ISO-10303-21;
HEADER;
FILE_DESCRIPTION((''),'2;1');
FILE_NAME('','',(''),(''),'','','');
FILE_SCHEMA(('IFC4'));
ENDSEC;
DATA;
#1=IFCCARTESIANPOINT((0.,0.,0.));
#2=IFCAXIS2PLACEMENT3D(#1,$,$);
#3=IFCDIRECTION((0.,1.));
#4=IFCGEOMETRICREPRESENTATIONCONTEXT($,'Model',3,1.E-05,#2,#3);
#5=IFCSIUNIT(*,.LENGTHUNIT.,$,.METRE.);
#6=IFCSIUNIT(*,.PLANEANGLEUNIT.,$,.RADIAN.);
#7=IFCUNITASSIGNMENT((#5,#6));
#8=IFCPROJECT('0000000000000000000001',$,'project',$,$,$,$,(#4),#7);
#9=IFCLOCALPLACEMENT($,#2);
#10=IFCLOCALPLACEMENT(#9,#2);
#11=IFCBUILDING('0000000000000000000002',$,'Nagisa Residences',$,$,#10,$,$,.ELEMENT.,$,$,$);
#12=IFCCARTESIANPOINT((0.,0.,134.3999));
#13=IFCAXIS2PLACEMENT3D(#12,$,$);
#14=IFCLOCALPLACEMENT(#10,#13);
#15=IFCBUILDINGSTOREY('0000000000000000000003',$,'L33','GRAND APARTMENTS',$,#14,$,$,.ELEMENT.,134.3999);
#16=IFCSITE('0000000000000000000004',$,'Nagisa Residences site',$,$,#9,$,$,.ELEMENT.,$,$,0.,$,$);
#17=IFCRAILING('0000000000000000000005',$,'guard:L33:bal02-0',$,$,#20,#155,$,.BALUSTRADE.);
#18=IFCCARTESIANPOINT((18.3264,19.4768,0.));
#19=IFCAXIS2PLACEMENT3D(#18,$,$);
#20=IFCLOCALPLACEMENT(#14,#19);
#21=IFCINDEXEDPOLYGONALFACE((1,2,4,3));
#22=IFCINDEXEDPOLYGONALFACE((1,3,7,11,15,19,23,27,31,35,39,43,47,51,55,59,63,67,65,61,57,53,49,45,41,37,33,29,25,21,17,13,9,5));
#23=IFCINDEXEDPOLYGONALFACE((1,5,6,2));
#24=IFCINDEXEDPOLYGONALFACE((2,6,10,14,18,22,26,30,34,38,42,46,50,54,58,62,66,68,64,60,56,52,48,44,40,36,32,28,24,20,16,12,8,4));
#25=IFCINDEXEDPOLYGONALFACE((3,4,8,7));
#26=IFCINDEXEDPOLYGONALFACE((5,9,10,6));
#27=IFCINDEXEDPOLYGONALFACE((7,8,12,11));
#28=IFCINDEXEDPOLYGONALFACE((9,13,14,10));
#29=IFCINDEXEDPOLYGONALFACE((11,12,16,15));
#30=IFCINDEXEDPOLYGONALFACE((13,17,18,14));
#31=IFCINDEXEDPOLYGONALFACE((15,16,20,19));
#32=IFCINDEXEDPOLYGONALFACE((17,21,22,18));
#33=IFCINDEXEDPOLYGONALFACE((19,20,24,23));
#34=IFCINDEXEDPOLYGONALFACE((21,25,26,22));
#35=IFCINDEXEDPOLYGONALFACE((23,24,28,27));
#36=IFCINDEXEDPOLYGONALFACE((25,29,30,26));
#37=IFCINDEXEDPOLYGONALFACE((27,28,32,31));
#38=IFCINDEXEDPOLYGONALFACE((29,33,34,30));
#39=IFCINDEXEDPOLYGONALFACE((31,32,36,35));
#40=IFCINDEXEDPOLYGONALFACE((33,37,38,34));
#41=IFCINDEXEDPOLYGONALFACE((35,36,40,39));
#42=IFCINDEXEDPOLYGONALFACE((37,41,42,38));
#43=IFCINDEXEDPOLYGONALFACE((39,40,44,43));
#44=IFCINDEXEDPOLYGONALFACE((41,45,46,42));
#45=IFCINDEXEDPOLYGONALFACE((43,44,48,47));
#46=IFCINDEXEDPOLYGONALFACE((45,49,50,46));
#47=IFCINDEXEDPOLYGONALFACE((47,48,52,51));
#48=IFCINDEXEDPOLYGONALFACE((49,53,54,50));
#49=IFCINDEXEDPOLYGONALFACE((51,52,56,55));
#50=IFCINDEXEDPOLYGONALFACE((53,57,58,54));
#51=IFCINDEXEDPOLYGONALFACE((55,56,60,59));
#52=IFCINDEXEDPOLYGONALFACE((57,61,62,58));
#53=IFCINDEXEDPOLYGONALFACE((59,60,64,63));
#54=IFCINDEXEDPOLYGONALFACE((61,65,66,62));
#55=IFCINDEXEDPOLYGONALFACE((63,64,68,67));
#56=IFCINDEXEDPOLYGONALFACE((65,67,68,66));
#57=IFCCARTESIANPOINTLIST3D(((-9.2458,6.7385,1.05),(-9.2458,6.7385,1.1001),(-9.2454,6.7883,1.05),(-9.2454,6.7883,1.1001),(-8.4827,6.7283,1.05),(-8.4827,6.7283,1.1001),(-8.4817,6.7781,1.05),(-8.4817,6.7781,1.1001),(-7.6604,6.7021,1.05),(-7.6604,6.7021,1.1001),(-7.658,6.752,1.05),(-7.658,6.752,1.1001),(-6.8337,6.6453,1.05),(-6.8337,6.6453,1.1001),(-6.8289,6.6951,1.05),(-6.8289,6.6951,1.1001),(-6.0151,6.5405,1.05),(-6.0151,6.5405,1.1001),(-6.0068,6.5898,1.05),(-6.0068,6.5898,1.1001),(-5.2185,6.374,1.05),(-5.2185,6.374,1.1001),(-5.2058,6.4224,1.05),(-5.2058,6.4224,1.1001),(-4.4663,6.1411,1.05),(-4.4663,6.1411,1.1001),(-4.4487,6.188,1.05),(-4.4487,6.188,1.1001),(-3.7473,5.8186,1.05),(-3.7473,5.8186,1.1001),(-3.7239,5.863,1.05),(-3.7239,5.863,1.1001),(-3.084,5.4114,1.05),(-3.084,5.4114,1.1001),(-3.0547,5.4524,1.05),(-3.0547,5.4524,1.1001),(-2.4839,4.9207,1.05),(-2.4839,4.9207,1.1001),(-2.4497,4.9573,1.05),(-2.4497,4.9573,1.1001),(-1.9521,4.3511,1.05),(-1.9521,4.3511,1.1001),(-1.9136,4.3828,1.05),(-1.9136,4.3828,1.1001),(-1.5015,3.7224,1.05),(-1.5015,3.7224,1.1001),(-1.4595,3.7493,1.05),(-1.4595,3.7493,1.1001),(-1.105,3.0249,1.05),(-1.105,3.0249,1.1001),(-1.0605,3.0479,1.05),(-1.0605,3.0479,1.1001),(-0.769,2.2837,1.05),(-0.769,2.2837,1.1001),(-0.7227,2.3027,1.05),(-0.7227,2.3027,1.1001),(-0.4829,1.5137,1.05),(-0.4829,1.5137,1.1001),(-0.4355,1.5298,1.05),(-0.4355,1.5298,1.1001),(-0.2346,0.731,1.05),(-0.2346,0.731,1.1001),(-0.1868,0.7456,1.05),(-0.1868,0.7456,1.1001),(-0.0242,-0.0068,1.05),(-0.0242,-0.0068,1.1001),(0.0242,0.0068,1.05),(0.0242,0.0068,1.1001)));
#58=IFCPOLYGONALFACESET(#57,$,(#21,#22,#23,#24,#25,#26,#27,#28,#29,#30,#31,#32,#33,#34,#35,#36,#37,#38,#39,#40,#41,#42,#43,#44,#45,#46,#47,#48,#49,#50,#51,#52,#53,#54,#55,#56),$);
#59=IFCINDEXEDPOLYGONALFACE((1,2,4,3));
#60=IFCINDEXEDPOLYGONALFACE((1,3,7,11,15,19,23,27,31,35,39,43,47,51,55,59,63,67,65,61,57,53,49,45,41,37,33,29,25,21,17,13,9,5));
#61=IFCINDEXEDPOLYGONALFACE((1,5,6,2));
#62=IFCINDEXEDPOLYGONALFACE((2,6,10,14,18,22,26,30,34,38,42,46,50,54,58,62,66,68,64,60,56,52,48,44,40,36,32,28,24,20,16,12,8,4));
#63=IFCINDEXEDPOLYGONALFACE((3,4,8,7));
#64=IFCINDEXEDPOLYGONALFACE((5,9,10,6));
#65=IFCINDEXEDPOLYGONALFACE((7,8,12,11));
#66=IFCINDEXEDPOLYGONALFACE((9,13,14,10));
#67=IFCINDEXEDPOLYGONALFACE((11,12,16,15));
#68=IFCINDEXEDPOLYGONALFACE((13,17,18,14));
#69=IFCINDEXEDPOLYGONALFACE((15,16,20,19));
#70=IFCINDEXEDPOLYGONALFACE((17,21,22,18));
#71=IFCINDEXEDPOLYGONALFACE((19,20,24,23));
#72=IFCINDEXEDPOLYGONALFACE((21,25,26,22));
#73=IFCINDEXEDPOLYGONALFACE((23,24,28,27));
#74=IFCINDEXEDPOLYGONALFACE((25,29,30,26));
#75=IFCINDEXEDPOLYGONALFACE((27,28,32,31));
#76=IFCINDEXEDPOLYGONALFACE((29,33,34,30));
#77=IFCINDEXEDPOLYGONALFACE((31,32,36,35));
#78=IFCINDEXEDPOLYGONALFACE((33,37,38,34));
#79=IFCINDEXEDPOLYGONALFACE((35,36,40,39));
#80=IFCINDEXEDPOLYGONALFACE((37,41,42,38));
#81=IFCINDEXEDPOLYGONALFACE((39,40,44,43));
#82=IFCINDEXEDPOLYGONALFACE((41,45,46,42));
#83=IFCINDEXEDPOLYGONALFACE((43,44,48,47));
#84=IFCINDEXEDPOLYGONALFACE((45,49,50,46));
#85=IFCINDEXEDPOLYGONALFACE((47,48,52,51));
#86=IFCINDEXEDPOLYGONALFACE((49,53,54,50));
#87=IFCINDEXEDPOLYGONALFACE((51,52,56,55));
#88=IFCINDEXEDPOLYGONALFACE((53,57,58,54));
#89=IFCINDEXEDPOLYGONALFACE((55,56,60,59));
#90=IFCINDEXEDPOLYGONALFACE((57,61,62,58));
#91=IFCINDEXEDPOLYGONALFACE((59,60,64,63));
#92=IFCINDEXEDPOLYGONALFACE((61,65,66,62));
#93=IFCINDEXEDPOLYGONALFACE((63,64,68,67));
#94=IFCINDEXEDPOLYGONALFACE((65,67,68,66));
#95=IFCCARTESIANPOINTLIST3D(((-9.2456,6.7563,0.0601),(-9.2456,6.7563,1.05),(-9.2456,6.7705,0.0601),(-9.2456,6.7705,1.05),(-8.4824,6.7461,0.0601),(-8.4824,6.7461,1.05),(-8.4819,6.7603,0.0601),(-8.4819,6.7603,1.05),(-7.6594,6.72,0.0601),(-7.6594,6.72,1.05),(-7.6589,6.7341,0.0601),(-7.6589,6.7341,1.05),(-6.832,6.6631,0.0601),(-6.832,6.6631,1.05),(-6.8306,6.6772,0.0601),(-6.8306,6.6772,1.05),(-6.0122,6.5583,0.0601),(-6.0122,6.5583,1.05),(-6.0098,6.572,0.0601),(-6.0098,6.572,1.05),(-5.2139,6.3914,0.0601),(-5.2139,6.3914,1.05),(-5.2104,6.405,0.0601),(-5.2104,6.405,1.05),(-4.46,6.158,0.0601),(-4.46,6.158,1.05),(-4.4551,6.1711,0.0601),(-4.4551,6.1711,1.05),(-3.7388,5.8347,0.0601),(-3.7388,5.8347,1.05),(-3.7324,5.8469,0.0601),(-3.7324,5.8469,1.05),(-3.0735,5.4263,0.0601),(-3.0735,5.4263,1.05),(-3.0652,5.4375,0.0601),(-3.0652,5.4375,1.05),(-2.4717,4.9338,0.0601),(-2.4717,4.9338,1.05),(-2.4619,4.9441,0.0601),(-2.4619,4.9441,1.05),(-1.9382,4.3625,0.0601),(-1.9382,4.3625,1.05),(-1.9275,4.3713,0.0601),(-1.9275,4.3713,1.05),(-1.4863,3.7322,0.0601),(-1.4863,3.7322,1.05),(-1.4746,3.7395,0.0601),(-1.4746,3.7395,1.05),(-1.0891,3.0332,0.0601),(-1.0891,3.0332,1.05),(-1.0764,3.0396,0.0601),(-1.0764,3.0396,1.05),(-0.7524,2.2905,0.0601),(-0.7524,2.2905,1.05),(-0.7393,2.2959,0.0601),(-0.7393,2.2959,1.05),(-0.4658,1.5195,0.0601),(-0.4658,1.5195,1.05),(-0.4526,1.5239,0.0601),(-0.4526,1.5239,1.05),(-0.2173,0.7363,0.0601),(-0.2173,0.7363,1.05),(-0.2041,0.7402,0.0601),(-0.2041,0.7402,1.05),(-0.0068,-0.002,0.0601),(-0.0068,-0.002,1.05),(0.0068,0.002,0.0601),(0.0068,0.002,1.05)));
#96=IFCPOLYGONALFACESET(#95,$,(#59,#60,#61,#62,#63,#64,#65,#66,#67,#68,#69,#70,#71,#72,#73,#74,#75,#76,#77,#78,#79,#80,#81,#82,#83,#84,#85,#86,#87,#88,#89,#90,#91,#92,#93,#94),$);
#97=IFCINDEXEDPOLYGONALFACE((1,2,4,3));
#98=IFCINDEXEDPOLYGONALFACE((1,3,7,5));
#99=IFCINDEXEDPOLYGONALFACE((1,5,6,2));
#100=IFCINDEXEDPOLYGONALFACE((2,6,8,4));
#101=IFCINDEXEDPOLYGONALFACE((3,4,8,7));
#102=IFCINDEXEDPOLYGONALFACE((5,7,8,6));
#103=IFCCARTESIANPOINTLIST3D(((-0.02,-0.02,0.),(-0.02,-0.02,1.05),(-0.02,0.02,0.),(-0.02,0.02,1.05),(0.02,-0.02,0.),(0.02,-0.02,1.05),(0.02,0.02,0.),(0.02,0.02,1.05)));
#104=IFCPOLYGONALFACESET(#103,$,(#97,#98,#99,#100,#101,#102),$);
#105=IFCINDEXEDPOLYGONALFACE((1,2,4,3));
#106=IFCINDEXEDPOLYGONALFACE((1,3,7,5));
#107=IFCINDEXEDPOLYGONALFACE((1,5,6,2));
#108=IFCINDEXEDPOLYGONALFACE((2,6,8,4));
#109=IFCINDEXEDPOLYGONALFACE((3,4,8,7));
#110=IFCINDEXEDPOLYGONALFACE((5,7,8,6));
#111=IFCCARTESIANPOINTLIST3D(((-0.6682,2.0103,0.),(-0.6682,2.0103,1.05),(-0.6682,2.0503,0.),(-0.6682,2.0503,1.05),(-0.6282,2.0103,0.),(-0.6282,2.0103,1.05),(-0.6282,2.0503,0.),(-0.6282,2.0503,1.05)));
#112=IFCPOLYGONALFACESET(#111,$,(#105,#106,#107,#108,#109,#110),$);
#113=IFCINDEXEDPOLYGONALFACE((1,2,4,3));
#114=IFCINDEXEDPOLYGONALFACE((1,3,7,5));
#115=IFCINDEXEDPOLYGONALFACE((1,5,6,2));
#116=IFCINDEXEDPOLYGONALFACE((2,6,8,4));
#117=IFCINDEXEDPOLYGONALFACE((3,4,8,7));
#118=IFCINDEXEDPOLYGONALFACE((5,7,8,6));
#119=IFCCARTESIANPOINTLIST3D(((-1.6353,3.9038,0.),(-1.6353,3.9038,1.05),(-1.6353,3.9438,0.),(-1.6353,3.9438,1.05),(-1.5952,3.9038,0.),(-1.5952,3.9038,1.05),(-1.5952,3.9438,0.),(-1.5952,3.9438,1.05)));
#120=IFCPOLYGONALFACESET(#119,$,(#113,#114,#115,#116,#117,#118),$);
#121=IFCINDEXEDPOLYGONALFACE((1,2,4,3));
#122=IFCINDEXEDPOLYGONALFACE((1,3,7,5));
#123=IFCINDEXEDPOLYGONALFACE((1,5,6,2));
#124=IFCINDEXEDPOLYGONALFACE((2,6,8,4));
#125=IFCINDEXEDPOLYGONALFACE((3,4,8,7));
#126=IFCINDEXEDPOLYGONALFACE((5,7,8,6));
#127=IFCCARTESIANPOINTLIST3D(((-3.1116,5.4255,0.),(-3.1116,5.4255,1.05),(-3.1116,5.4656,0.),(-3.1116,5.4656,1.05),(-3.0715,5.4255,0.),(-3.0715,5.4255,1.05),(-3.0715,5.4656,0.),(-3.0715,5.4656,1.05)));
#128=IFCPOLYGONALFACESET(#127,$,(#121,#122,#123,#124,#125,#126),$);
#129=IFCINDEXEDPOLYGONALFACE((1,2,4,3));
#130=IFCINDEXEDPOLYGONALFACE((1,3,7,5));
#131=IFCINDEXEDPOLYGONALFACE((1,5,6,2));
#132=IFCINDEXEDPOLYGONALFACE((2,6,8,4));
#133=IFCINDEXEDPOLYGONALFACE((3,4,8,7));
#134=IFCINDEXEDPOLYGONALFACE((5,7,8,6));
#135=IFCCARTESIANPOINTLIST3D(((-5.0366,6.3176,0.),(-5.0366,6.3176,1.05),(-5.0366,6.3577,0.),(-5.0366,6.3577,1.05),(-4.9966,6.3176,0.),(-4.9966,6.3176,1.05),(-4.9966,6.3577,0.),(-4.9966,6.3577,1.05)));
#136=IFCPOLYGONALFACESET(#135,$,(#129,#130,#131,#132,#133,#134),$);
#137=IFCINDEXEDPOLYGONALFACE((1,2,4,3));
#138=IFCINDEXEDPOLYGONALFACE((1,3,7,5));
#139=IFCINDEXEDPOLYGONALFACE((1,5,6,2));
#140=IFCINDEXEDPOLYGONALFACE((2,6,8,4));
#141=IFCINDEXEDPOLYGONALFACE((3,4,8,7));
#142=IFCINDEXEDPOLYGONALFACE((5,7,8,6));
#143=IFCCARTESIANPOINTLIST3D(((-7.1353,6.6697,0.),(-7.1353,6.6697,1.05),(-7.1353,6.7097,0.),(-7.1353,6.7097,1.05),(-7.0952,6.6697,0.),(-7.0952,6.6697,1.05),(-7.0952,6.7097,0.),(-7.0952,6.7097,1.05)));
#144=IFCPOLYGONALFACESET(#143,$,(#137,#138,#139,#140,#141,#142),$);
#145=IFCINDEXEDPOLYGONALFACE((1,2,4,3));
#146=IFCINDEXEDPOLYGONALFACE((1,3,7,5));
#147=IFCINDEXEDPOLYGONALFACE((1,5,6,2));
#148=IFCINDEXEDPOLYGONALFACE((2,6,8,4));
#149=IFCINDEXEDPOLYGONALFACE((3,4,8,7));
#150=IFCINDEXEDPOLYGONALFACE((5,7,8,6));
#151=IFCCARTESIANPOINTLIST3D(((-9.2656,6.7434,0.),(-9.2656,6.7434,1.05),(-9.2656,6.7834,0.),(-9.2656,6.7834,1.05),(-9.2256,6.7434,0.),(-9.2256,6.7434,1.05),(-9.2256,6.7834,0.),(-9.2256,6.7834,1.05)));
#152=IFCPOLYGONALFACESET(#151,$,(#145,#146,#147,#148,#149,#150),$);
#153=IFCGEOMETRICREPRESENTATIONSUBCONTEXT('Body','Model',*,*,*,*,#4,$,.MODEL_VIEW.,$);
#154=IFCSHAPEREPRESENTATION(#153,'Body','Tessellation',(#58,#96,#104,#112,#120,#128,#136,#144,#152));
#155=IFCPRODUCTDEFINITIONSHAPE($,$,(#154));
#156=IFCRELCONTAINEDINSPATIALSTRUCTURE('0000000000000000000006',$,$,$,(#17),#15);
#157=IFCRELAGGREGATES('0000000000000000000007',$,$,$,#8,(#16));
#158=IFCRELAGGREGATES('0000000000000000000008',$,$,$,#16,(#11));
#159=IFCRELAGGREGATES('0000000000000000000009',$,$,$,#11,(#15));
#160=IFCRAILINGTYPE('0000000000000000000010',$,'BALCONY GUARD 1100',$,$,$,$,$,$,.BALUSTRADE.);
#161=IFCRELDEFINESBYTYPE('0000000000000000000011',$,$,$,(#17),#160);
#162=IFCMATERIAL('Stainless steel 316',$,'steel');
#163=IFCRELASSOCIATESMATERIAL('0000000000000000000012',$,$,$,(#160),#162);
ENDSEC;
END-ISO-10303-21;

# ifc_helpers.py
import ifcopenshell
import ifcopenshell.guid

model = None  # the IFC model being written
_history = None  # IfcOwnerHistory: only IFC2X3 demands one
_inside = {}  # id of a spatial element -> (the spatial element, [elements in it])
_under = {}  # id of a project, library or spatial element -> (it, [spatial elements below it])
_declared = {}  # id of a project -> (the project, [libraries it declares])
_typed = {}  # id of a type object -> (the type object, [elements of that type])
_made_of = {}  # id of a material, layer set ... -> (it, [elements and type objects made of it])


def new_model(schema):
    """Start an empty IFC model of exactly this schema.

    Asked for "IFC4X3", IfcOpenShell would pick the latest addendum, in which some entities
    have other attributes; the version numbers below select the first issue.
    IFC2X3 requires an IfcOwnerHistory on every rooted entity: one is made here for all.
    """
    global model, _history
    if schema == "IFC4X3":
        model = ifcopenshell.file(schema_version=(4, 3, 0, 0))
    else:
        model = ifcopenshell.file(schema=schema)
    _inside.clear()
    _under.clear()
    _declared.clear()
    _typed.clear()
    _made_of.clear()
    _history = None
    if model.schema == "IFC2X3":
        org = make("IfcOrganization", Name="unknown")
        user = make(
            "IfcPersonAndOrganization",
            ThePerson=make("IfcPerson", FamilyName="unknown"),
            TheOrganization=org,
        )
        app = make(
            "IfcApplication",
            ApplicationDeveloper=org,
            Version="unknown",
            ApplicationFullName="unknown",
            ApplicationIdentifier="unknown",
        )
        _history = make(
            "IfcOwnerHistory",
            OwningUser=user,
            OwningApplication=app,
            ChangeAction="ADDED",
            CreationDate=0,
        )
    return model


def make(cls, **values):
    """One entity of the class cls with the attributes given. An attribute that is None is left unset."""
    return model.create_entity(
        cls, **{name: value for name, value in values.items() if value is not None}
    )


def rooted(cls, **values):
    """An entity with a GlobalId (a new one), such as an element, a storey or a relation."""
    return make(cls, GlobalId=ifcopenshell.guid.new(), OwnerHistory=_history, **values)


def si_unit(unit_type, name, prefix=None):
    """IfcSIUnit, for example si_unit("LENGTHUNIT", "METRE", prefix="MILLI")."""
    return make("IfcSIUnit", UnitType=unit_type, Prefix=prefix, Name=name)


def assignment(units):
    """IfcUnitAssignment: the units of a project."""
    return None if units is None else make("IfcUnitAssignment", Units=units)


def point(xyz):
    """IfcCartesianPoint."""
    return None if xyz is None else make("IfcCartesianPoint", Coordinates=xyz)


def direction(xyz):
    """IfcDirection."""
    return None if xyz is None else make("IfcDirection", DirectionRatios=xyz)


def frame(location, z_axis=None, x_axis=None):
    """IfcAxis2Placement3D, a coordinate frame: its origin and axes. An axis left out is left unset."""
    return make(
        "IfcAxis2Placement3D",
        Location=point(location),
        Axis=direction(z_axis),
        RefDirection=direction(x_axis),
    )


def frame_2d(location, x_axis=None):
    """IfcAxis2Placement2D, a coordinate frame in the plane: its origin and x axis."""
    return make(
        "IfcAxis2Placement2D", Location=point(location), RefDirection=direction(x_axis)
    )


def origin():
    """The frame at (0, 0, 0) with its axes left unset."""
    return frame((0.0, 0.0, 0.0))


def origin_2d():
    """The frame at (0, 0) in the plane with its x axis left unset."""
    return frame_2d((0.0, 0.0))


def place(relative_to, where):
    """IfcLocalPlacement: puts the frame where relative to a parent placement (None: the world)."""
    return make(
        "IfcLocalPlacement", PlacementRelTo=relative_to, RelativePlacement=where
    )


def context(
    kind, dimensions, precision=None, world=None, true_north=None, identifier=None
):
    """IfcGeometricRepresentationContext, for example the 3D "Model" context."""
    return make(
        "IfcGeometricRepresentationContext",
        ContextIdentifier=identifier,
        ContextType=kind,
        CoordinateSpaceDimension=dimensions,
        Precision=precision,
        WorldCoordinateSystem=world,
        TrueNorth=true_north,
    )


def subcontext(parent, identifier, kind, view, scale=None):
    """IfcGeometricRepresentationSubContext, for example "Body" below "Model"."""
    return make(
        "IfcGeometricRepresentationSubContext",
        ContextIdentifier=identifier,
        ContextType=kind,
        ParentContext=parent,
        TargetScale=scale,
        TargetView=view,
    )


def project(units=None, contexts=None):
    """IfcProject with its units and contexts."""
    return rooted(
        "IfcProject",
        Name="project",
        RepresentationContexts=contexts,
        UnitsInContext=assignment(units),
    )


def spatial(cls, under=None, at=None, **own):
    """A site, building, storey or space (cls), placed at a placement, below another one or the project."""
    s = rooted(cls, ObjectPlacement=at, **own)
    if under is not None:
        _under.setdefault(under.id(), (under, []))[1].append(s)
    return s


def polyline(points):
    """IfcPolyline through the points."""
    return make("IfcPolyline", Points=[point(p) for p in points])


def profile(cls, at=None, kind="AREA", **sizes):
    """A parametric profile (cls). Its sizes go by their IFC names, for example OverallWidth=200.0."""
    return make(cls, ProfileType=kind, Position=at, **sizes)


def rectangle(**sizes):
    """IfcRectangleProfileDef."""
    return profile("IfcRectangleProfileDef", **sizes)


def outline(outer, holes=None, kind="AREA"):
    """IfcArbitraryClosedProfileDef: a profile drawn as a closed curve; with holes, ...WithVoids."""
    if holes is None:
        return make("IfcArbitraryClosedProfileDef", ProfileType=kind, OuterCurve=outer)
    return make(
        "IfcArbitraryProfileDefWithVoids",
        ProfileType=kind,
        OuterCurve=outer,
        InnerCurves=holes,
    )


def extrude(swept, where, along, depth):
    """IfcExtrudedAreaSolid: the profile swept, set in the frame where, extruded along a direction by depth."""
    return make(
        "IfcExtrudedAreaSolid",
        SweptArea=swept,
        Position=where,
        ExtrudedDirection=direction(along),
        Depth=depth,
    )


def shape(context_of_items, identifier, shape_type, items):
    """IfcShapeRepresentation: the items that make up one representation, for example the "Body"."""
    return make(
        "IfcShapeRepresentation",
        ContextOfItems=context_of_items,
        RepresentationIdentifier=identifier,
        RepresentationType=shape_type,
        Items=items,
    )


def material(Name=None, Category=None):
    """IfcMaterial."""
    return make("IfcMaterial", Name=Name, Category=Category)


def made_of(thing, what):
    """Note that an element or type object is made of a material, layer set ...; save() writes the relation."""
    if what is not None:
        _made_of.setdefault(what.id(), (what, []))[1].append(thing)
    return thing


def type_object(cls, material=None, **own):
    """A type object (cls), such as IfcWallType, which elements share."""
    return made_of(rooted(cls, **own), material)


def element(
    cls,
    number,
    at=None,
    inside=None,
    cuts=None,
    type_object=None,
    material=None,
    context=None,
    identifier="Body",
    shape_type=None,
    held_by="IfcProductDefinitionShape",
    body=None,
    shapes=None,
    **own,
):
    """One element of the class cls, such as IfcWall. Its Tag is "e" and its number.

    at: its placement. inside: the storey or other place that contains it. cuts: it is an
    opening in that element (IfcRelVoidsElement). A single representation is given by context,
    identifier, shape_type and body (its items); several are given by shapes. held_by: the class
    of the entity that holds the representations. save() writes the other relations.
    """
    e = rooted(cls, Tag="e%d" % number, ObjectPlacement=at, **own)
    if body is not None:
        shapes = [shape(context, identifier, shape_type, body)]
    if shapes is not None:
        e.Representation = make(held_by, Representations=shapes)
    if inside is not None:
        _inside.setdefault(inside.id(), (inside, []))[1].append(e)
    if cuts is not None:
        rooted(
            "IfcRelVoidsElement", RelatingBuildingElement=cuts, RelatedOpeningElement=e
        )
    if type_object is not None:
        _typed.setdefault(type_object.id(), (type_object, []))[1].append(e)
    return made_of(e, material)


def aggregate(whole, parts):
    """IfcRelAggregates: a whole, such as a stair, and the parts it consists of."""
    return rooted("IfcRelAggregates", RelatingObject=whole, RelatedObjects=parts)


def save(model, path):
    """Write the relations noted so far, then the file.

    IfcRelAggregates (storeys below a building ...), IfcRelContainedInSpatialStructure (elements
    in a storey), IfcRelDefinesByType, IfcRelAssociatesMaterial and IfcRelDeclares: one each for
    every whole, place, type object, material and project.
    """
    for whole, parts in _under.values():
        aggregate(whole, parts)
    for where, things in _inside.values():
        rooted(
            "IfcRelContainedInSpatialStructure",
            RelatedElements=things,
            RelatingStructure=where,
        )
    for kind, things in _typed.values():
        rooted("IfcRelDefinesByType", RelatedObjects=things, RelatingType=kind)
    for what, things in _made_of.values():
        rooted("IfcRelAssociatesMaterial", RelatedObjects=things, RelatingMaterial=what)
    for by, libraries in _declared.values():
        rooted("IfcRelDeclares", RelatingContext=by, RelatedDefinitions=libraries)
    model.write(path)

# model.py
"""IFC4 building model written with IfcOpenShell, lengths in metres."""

from ifc_helpers import new_model, si_unit, direction, frame, origin, origin_2d, place, context, subcontext, project, spatial, polyline, rectangle, outline, extrude, material, type_object, element, save


model = new_model("IFC4")

# Units and contexts
model_context = context("Model", 3, precision=1e-05, world=origin(), true_north=direction((0.0, 1.0)))
body_context = subcontext(model_context, "Body", "Model", "MODEL_VIEW")
ifc_project = project(units=[si_unit("LENGTHUNIT", "METRE"), si_unit("PLANEANGLEUNIT", "RADIAN")], contexts=[model_context])

# Site, building, storey
site_placement = place(None, origin())
site = spatial("IfcSite", under=ifc_project, at=site_placement, Name="Nagisa Residences site", CompositionType="ELEMENT", RefElevation=0.0)
building_placement = place(site_placement, origin())
building = spatial("IfcBuilding", under=site, at=building_placement, Name="Nagisa Residences", CompositionType="ELEMENT")
storey_placement = place(building_placement, frame((0.0, 0.0, 134.3999)))
storey = spatial("IfcBuildingStorey", under=building, at=storey_placement, Name="L33", Description="GRAND APARTMENTS", CompositionType="ELEMENT", Elevation=134.3999)

# Railing
ifc_material_1 = material(Name="Stainless steel 316", Category="steel")
railing_type = type_object("IfcRailingType", Name="BALCONY GUARD 1100", PredefinedType="BALUSTRADE", material=ifc_material_1)
railing_placement = place(storey_placement, frame((18.3264, 19.4768, 0.0)))
element("IfcRailing", 1, at=railing_placement, inside=storey, type_object=railing_type, Name="guard:L33:bal02-0", PredefinedType="BALUSTRADE", context=body_context, shape_type="SweptSolid", body=[
    extrude(outline(polyline([(-0.2346, 0.731), (-0.0242, -0.0068), (0.0242, 0.0068), (-0.1868, 0.7456), (-0.4355, 1.5298), (-0.7227, 2.3027), (-1.0605, 3.0479), (-1.4595, 3.7493), (-1.9136, 4.3828), (-2.4497, 4.9573), (-3.0547, 5.4524), (-3.7239, 5.863), (-4.4487, 6.188), (-5.2058, 6.4224), (-6.0068, 6.5898), (-6.8289, 6.6951), (-7.658, 6.752), (-8.4817, 6.7781), (-9.2454, 6.7883), (-9.2458, 6.7385), (-8.4827, 6.7283), (-7.6604, 6.7021), (-6.8337, 6.6453), (-6.0151, 6.5405), (-5.2185, 6.374), (-4.4663, 6.1411), (-3.7473, 5.8186), (-3.084, 5.4114), (-2.4839, 4.9207), (-1.9521, 4.3511), (-1.5015, 3.7224), (-1.105, 3.0249), (-0.769, 2.2837), (-0.4829, 1.5137), (-0.2346, 0.731)])), frame((0.0, 0.0, 1.05)), (0.0, 0.0, 1.0), 0.05),
    extrude(outline(polyline([(-0.2173, 0.7363), (-0.0068, -0.002), (0.0068, 0.002), (-0.2041, 0.7402), (-0.4526, 1.5239), (-0.7393, 2.2959), (-1.0764, 3.0396), (-1.4746, 3.7395), (-1.9275, 4.3713), (-2.4619, 4.9441), (-3.0652, 5.4375), (-3.7324, 5.8469), (-4.4551, 6.1711), (-5.2104, 6.405), (-6.0098, 6.572), (-6.8306, 6.6772), (-7.6589, 6.7341), (-8.4819, 6.7603), (-9.2456, 6.7705), (-9.2456, 6.7563), (-8.4824, 6.7461), (-7.6594, 6.72), (-6.832, 6.6631), (-6.0122, 6.5583), (-5.2139, 6.3914), (-4.46, 6.158), (-3.7388, 5.8347), (-3.0735, 5.4263), (-2.4717, 4.9338), (-1.9382, 4.3625), (-1.4863, 3.7322), (-1.0891, 3.0332), (-0.7524, 2.2905), (-0.4658, 1.5195), (-0.2173, 0.7363)])), frame((0.0, 0.0, 0.0601)), (0.0, 0.0, 1.0), 0.99),
    extrude(rectangle(XDim=0.04, YDim=0.04, at=origin_2d()), origin(), (0.0, 0.0, 1.0), 1.05),
    extrude(rectangle(XDim=0.04, YDim=0.04, at=origin_2d()), frame((-0.6482, 2.0303, 0.0)), (0.0, 0.0, 1.0), 1.05),
    extrude(rectangle(XDim=0.04, YDim=0.04, at=origin_2d()), frame((-1.6152, 3.9238, 0.0)), (0.0, 0.0, 1.0), 1.05),
    extrude(rectangle(XDim=0.04, YDim=0.04, at=origin_2d()), frame((-3.0916, 5.4456, 0.0)), (0.0, 0.0, 1.0), 1.05),
    extrude(rectangle(XDim=0.04, YDim=0.04, at=origin_2d()), frame((-5.0166, 6.3376, 0.0)), (0.0, 0.0, 1.0), 1.05),
    extrude(rectangle(XDim=0.04, YDim=0.04, at=origin_2d()), frame((-7.1152, 6.6897, 0.0)), (0.0, 0.0, 1.0), 1.05),
    extrude(rectangle(XDim=0.04, YDim=0.04, at=origin_2d()), frame((-9.2456, 6.7634, 0.0)), (0.0, 0.0, 1.0), 1.05),
])

save(model, "model.ifc")
